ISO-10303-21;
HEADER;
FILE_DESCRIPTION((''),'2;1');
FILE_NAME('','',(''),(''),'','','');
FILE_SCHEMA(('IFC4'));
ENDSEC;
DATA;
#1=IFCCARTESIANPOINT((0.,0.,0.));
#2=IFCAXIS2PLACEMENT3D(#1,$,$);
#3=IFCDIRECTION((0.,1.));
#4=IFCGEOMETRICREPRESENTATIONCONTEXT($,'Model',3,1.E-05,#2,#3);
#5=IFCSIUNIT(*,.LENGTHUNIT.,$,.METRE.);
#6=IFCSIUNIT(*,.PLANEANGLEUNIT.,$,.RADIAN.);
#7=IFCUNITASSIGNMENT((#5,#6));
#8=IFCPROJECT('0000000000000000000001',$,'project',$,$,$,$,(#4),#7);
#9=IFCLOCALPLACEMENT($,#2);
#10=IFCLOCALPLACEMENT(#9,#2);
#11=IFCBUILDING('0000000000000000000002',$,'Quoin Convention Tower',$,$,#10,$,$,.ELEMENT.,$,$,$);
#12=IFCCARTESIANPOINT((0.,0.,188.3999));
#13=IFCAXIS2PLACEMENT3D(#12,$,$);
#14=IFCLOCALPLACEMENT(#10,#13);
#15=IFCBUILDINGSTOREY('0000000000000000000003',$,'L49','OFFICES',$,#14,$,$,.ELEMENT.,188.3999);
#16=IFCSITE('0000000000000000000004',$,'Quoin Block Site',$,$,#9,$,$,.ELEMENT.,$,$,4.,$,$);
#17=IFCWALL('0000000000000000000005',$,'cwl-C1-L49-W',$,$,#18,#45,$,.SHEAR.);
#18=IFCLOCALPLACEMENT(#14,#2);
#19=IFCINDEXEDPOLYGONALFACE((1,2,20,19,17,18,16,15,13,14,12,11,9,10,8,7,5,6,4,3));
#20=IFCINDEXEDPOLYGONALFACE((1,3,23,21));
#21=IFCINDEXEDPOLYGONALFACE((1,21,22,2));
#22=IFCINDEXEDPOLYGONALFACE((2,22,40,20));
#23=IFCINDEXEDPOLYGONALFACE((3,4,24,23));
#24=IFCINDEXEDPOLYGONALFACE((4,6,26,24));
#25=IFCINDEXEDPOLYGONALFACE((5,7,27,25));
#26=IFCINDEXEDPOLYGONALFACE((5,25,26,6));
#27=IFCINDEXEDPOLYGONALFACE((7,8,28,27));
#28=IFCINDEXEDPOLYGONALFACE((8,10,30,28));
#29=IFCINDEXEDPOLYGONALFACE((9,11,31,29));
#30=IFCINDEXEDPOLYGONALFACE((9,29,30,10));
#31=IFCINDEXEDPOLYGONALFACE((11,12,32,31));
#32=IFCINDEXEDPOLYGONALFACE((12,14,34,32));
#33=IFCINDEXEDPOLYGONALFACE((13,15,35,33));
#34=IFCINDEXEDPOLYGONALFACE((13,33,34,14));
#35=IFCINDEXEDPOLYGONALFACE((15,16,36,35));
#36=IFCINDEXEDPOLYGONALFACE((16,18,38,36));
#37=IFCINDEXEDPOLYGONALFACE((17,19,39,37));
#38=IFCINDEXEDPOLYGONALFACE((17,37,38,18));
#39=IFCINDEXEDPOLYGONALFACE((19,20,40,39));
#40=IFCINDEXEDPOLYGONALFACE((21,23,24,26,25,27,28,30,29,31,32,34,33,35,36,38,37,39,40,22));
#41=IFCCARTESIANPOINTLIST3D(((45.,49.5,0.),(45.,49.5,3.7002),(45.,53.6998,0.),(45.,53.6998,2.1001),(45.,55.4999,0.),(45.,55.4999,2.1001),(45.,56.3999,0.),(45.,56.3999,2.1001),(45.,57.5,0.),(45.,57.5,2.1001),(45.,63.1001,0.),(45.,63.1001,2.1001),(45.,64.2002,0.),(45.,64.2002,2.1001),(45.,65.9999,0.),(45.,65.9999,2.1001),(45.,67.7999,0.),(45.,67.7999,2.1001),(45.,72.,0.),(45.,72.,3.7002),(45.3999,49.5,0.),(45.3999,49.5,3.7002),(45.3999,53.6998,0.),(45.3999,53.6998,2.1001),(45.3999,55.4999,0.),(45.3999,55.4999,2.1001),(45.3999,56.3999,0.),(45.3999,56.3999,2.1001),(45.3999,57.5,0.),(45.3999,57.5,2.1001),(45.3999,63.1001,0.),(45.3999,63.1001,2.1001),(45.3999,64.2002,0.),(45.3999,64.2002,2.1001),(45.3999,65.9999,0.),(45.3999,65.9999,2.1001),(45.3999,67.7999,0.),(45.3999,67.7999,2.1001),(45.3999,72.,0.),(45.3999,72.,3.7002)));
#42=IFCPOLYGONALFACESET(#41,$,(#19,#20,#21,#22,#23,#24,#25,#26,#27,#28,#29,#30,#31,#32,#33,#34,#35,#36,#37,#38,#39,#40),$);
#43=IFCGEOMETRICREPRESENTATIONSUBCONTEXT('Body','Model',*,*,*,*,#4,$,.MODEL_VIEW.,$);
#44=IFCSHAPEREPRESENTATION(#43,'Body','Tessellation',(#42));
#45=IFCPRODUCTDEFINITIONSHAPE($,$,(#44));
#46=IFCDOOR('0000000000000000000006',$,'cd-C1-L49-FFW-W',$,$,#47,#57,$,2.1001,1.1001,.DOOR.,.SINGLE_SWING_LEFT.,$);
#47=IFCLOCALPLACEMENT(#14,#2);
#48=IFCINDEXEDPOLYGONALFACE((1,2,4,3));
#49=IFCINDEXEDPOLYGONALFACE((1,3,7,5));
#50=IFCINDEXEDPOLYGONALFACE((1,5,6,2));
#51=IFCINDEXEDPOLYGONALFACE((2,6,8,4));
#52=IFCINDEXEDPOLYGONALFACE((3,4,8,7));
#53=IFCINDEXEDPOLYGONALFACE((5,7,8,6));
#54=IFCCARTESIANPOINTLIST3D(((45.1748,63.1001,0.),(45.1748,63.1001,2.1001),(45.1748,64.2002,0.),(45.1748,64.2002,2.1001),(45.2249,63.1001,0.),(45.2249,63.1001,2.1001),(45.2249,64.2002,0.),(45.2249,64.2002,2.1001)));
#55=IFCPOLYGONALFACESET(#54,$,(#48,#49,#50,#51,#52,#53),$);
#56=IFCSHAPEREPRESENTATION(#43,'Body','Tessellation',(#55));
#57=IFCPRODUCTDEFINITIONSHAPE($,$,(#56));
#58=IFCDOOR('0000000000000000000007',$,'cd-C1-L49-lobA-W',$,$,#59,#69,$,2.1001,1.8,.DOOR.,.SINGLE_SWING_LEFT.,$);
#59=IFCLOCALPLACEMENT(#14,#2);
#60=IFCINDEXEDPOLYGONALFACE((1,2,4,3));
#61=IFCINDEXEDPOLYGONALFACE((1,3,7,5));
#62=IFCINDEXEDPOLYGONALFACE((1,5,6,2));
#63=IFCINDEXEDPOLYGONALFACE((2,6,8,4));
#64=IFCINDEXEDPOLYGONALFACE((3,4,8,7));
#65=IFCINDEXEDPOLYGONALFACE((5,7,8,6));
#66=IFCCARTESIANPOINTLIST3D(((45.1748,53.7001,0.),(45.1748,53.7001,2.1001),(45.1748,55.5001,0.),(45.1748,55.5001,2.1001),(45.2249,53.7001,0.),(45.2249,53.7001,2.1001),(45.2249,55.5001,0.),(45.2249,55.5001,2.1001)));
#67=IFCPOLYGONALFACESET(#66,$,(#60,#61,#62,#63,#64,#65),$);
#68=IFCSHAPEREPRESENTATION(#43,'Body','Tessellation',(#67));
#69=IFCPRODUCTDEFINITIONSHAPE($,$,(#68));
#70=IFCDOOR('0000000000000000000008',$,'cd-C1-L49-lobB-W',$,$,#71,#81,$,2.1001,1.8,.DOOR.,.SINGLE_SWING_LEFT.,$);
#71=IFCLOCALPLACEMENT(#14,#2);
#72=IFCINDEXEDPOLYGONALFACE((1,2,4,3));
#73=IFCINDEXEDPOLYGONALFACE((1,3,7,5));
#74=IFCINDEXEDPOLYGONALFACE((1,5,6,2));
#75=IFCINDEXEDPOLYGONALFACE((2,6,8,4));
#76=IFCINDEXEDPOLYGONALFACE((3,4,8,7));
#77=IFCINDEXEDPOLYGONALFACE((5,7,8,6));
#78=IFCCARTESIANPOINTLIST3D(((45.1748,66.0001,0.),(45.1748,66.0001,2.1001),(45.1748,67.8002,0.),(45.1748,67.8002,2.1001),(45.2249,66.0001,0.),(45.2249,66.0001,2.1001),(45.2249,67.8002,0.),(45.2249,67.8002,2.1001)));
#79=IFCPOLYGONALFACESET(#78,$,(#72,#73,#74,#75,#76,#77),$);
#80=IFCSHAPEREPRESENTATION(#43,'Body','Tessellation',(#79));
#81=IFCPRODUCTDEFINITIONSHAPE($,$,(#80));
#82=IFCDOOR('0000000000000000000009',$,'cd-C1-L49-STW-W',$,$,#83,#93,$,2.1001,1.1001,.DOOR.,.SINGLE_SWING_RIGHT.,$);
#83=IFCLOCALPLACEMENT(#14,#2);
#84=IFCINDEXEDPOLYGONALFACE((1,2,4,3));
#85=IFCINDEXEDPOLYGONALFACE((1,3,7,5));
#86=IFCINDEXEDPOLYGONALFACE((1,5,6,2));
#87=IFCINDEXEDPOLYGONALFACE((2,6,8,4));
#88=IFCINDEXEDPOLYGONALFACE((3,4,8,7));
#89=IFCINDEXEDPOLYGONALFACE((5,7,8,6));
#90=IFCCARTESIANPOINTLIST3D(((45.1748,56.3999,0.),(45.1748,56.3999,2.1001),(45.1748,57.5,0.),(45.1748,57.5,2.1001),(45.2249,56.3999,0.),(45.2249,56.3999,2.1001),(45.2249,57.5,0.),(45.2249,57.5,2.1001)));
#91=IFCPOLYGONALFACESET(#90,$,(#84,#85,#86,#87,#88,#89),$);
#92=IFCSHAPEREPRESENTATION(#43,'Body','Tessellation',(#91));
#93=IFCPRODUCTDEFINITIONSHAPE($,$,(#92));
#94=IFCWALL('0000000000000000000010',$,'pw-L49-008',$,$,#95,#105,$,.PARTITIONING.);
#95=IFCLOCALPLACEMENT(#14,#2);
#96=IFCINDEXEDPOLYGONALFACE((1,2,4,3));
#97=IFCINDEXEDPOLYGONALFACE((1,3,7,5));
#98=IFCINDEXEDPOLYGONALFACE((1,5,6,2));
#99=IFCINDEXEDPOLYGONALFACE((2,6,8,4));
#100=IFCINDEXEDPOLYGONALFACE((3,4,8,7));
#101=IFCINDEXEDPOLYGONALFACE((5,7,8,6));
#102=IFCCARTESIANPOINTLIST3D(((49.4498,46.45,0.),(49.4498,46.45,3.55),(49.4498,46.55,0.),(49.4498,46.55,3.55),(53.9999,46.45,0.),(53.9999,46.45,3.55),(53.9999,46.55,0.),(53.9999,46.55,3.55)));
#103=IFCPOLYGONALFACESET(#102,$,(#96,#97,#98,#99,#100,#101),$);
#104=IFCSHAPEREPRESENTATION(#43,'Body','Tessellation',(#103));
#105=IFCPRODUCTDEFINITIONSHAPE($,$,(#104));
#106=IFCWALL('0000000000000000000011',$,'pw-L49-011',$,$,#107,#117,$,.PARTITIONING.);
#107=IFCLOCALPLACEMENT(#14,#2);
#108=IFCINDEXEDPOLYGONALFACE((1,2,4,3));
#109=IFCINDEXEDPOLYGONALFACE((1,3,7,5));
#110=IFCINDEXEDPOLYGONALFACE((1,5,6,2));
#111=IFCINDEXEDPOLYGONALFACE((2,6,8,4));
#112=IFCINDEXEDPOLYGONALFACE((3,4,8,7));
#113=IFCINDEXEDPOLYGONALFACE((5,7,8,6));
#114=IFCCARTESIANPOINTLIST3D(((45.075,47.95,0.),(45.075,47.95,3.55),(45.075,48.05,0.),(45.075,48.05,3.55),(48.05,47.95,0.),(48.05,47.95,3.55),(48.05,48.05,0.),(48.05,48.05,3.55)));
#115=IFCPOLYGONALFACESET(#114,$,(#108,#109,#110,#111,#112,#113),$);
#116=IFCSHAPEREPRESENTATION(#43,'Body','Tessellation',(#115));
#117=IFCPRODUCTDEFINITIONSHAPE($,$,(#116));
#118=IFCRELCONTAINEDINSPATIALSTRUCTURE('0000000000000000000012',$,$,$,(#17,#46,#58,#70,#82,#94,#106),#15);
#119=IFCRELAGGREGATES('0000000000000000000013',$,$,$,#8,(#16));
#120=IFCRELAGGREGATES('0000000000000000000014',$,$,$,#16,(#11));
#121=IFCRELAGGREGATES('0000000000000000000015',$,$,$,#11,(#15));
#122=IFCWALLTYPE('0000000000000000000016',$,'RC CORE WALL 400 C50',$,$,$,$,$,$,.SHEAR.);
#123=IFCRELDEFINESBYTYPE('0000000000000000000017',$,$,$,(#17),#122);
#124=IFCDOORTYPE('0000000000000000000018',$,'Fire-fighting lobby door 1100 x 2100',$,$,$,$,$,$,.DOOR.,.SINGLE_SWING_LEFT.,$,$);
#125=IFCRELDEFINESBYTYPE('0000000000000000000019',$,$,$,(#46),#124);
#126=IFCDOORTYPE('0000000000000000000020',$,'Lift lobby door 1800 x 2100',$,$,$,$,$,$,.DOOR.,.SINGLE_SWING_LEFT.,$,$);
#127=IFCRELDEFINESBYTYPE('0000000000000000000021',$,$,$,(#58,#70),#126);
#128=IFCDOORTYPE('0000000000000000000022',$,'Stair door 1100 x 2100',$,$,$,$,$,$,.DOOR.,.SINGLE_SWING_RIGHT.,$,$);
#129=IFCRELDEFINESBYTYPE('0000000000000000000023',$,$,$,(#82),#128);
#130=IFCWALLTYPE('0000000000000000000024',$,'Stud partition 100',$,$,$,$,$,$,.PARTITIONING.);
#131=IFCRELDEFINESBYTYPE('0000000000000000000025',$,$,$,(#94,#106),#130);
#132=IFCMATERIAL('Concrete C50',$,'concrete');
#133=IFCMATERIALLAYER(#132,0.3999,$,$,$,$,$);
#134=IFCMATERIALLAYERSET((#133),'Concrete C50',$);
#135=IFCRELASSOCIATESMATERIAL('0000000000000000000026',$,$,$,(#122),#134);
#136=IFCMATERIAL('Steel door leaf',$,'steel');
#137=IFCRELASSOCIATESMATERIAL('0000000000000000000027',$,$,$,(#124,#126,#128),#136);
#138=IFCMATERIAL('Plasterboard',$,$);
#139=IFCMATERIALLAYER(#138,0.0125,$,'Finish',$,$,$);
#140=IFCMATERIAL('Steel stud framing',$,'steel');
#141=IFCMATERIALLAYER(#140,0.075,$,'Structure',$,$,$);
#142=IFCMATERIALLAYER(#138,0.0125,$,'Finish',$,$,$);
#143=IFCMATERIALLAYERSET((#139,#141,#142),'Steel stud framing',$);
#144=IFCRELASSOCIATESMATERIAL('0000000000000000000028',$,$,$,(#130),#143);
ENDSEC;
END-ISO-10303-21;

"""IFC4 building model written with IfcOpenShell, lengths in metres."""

from ifc_helpers import new_model, si_unit, direction, frame, frame_2d, origin, place, context, subcontext, project, spatial, rectangle, extrude, material, layer, layer_set, type_object, element, fill, save


model = new_model("IFC4")

# Units and contexts
model_context = context("Model", 3, precision=1e-05, world=origin(), true_north=direction((0.0, 1.0)))
body_context = subcontext(model_context, "Body", "Model", "MODEL_VIEW")
ifc_project = project(units=[si_unit("LENGTHUNIT", "METRE"), si_unit("PLANEANGLEUNIT", "RADIAN")], contexts=[model_context])

# Site, building, storey
site_placement = place(None, origin())
site = spatial("IfcSite", under=ifc_project, at=site_placement, Name="Quoin Block Site", CompositionType="ELEMENT", RefElevation=4.0)
building_placement = place(site_placement, origin())
building = spatial("IfcBuilding", under=site, at=building_placement, Name="Quoin Convention Tower", CompositionType="ELEMENT")
storey_placement = place(building_placement, frame((0.0, 0.0, 188.3999)))
storey = spatial("IfcBuildingStorey", under=building, at=storey_placement, Name="L49", Description="OFFICES", CompositionType="ELEMENT", Elevation=188.3999)

# Shared definitions
ifc_material_1 = material(Name="Plasterboard")
ifc_material_2 = material(Name="Steel stud framing", Category="steel")
ifc_material_3 = material(Name="Steel door leaf", Category="steel")

# Shared definitions
ifc_material_4 = material(Name="Concrete C50", Category="concrete")
ifc_layer_1 = layer(ifc_material_4, 0.3999)
ifc_layer_set_1 = layer_set([ifc_layer_1], Name="Concrete C50")
wall_type_1 = type_object("IfcWallType", Name="RC CORE WALL 400 C50", PredefinedType="SHEAR", material=ifc_layer_set_1)

# Wall, openings, doors
wall_1_placement = place(storey_placement, frame((45.2, 49.5, 0.0), z_axis=(0.0, 0.0, 1.0), x_axis=(0.0, 1.0, 0.0)))
wall_1 = element("IfcWall", 1, at=wall_1_placement, inside=storey, type_object=wall_type_1, Name="cwl-C1-L49-W", PredefinedType="SHEAR", context=body_context, shape_type="SweptSolid", body=[
    extrude(rectangle(XDim=22.5, YDim=0.3999, at=frame_2d((11.25, 0.0))), origin(), (0.0, 0.0, 1.0), 3.7002),
])
opening_1_placement = place(wall_1_placement, frame((4.2, 0.0, 0.0)))
opening_1 = element("IfcOpeningElement", 2, at=opening_1_placement, cuts=wall_1, PredefinedType="OPENING", context=body_context, shape_type="SweptSolid", body=[
    extrude(rectangle(XDim=1.8, YDim=2.1001, at=frame_2d((0.8999, 1.05))), frame((0.0, 0.21, 0.0), z_axis=(0.0, -1.0, 0.0), x_axis=(1.0, 0.0, 0.0)), (0.0, 0.0, 1.0), 0.4199),
])
opening_2_placement = place(wall_1_placement, frame((6.8999, 0.0, 0.0)))
opening_2 = element("IfcOpeningElement", 3, at=opening_2_placement, cuts=wall_1, PredefinedType="OPENING", context=body_context, shape_type="SweptSolid", body=[
    extrude(rectangle(XDim=1.1001, YDim=2.1001, at=frame_2d((0.55, 1.05))), frame((0.0, 0.21, 0.0), z_axis=(0.0, -1.0, 0.0), x_axis=(1.0, 0.0, 0.0)), (0.0, 0.0, 1.0), 0.4199),
])
opening_3_placement = place(wall_1_placement, frame((13.6001, 0.0, 0.0)))
opening_3 = element("IfcOpeningElement", 4, at=opening_3_placement, cuts=wall_1, PredefinedType="OPENING", context=body_context, shape_type="SweptSolid", body=[
    extrude(rectangle(XDim=1.1001, YDim=2.1001, at=frame_2d((0.55, 1.05))), frame((0.0, 0.21, 0.0), z_axis=(0.0, -1.0, 0.0), x_axis=(1.0, 0.0, 0.0)), (0.0, 0.0, 1.0), 0.4199),
])
opening_4_placement = place(wall_1_placement, frame((16.5, 0.0, 0.0)))
opening_4 = element("IfcOpeningElement", 5, at=opening_4_placement, cuts=wall_1, PredefinedType="OPENING", context=body_context, shape_type="SweptSolid", body=[
    extrude(rectangle(XDim=1.8, YDim=2.1001, at=frame_2d((0.8999, 1.05))), frame((0.0, 0.21, 0.0), z_axis=(0.0, -1.0, 0.0), x_axis=(1.0, 0.0, 0.0)), (0.0, 0.0, 1.0), 0.4199),
])
door_type_1 = type_object("IfcDoorType", Name="Fire-fighting lobby door 1100 x 2100", OperationType="SINGLE_SWING_LEFT", PredefinedType="DOOR", material=ifc_material_3)
door_1_placement = place(opening_3_placement, frame((1.1001, 0.0, 0.0), z_axis=(0.0, 0.0, 1.0), x_axis=(-1.0, 0.0, 0.0)))
door_1 = element("IfcDoor", 6, at=door_1_placement, inside=storey, type_object=door_type_1, Name="cd-C1-L49-FFW-W", OperationType="SINGLE_SWING_LEFT", OverallHeight=2.1001, OverallWidth=1.1001, PredefinedType="DOOR", context=body_context, shape_type="SweptSolid", body=[
    extrude(rectangle(XDim=1.1001, YDim=2.1001, at=frame_2d((0.55, 1.05))), frame((0.0, 0.0249, 0.0), z_axis=(0.0, -1.0, 0.0), x_axis=(1.0, 0.0, 0.0)), (0.0, 0.0, 1.0), 0.05),
])
fill(opening_3, door_1)
door_type_2 = type_object("IfcDoorType", Name="Lift lobby door 1800 x 2100", OperationType="SINGLE_SWING_LEFT", PredefinedType="DOOR", material=ifc_material_3)
door_2_placement = place(opening_1_placement, frame((1.8, 0.0, 0.0), z_axis=(0.0, 0.0, 1.0), x_axis=(-1.0, 0.0, 0.0)))
door_2 = element("IfcDoor", 7, at=door_2_placement, inside=storey, type_object=door_type_2, Name="cd-C1-L49-lobA-W", OperationType="SINGLE_SWING_LEFT", OverallHeight=2.1001, OverallWidth=1.8, PredefinedType="DOOR", context=body_context, shape_type="SweptSolid", body=[
    extrude(rectangle(XDim=1.8, YDim=2.1001, at=frame_2d((0.8999, 1.05))), frame((0.0, 0.0249, 0.0), z_axis=(0.0, -1.0, 0.0), x_axis=(1.0, 0.0, 0.0)), (0.0, 0.0, 1.0), 0.05),
])
fill(opening_1, door_2)
door_3_placement = place(opening_4_placement, frame((1.8, 0.0, 0.0), z_axis=(0.0, 0.0, 1.0), x_axis=(-1.0, 0.0, 0.0)))
door_3 = element("IfcDoor", 8, at=door_3_placement, inside=storey, type_object=door_type_2, Name="cd-C1-L49-lobB-W", OperationType="SINGLE_SWING_LEFT", OverallHeight=2.1001, OverallWidth=1.8, PredefinedType="DOOR", context=body_context, shape_type="SweptSolid", body=[
    extrude(rectangle(XDim=1.8, YDim=2.1001, at=frame_2d((0.8999, 1.05))), frame((0.0, 0.0249, 0.0), z_axis=(0.0, -1.0, 0.0), x_axis=(1.0, 0.0, 0.0)), (0.0, 0.0, 1.0), 0.05),
])
fill(opening_4, door_3)
door_type_3 = type_object("IfcDoorType", Name="Stair door 1100 x 2100", OperationType="SINGLE_SWING_RIGHT", PredefinedType="DOOR", material=ifc_material_3)
door_4_placement = place(opening_2_placement, frame((1.1001, 0.0, 0.0), z_axis=(0.0, 0.0, 1.0), x_axis=(-1.0, 0.0, 0.0)))
door_4 = element("IfcDoor", 9, at=door_4_placement, inside=storey, type_object=door_type_3, Name="cd-C1-L49-STW-W", OperationType="SINGLE_SWING_RIGHT", OverallHeight=2.1001, OverallWidth=1.1001, PredefinedType="DOOR", context=body_context, shape_type="SweptSolid", body=[
    extrude(rectangle(XDim=1.1001, YDim=2.1001, at=frame_2d((0.55, 1.05))), frame((0.0, 0.0249, 0.0), z_axis=(0.0, -1.0, 0.0), x_axis=(1.0, 0.0, 0.0)), (0.0, 0.0, 1.0), 0.05),
])
fill(opening_2, door_4)

# Walls
ifc_layer_2 = layer(ifc_material_1, 0.0125, Name="Finish")
ifc_layer_3 = layer(ifc_material_2, 0.075, Name="Structure")
ifc_layer_4 = layer(ifc_material_1, 0.0125, Name="Finish")
ifc_layer_set_2 = layer_set([ifc_layer_2, ifc_layer_3, ifc_layer_4], Name="Steel stud framing")
wall_type_2 = type_object("IfcWallType", Name="Stud partition 100", PredefinedType="PARTITIONING", material=ifc_layer_set_2)
wall_2_placement = place(storey_placement, frame((49.45, 46.5, 0.0), z_axis=(0.0, 0.0, 1.0), x_axis=(1.0, 0.0, 0.0)))
element("IfcWall", 10, at=wall_2_placement, inside=storey, type_object=wall_type_2, Name="pw-L49-008", PredefinedType="PARTITIONING", context=body_context, shape_type="SweptSolid", body=[
    extrude(rectangle(XDim=4.55, YDim=0.1001, at=frame_2d((2.2749, 0.0))), origin(), (0.0, 0.0, 1.0), 3.55),
])
wall_3_placement = place(storey_placement, frame((45.075, 48.0, 0.0), z_axis=(0.0, 0.0, 1.0), x_axis=(1.0, 0.0, 0.0)))
element("IfcWall", 11, at=wall_3_placement, inside=storey, type_object=wall_type_2, Name="pw-L49-011", PredefinedType="PARTITIONING", context=body_context, shape_type="SweptSolid", body=[
    extrude(rectangle(XDim=2.9751, YDim=0.1001, at=frame_2d((1.4875, 0.0))), origin(), (0.0, 0.0, 1.0), 3.55),
])

save(model, "model.ifc")
